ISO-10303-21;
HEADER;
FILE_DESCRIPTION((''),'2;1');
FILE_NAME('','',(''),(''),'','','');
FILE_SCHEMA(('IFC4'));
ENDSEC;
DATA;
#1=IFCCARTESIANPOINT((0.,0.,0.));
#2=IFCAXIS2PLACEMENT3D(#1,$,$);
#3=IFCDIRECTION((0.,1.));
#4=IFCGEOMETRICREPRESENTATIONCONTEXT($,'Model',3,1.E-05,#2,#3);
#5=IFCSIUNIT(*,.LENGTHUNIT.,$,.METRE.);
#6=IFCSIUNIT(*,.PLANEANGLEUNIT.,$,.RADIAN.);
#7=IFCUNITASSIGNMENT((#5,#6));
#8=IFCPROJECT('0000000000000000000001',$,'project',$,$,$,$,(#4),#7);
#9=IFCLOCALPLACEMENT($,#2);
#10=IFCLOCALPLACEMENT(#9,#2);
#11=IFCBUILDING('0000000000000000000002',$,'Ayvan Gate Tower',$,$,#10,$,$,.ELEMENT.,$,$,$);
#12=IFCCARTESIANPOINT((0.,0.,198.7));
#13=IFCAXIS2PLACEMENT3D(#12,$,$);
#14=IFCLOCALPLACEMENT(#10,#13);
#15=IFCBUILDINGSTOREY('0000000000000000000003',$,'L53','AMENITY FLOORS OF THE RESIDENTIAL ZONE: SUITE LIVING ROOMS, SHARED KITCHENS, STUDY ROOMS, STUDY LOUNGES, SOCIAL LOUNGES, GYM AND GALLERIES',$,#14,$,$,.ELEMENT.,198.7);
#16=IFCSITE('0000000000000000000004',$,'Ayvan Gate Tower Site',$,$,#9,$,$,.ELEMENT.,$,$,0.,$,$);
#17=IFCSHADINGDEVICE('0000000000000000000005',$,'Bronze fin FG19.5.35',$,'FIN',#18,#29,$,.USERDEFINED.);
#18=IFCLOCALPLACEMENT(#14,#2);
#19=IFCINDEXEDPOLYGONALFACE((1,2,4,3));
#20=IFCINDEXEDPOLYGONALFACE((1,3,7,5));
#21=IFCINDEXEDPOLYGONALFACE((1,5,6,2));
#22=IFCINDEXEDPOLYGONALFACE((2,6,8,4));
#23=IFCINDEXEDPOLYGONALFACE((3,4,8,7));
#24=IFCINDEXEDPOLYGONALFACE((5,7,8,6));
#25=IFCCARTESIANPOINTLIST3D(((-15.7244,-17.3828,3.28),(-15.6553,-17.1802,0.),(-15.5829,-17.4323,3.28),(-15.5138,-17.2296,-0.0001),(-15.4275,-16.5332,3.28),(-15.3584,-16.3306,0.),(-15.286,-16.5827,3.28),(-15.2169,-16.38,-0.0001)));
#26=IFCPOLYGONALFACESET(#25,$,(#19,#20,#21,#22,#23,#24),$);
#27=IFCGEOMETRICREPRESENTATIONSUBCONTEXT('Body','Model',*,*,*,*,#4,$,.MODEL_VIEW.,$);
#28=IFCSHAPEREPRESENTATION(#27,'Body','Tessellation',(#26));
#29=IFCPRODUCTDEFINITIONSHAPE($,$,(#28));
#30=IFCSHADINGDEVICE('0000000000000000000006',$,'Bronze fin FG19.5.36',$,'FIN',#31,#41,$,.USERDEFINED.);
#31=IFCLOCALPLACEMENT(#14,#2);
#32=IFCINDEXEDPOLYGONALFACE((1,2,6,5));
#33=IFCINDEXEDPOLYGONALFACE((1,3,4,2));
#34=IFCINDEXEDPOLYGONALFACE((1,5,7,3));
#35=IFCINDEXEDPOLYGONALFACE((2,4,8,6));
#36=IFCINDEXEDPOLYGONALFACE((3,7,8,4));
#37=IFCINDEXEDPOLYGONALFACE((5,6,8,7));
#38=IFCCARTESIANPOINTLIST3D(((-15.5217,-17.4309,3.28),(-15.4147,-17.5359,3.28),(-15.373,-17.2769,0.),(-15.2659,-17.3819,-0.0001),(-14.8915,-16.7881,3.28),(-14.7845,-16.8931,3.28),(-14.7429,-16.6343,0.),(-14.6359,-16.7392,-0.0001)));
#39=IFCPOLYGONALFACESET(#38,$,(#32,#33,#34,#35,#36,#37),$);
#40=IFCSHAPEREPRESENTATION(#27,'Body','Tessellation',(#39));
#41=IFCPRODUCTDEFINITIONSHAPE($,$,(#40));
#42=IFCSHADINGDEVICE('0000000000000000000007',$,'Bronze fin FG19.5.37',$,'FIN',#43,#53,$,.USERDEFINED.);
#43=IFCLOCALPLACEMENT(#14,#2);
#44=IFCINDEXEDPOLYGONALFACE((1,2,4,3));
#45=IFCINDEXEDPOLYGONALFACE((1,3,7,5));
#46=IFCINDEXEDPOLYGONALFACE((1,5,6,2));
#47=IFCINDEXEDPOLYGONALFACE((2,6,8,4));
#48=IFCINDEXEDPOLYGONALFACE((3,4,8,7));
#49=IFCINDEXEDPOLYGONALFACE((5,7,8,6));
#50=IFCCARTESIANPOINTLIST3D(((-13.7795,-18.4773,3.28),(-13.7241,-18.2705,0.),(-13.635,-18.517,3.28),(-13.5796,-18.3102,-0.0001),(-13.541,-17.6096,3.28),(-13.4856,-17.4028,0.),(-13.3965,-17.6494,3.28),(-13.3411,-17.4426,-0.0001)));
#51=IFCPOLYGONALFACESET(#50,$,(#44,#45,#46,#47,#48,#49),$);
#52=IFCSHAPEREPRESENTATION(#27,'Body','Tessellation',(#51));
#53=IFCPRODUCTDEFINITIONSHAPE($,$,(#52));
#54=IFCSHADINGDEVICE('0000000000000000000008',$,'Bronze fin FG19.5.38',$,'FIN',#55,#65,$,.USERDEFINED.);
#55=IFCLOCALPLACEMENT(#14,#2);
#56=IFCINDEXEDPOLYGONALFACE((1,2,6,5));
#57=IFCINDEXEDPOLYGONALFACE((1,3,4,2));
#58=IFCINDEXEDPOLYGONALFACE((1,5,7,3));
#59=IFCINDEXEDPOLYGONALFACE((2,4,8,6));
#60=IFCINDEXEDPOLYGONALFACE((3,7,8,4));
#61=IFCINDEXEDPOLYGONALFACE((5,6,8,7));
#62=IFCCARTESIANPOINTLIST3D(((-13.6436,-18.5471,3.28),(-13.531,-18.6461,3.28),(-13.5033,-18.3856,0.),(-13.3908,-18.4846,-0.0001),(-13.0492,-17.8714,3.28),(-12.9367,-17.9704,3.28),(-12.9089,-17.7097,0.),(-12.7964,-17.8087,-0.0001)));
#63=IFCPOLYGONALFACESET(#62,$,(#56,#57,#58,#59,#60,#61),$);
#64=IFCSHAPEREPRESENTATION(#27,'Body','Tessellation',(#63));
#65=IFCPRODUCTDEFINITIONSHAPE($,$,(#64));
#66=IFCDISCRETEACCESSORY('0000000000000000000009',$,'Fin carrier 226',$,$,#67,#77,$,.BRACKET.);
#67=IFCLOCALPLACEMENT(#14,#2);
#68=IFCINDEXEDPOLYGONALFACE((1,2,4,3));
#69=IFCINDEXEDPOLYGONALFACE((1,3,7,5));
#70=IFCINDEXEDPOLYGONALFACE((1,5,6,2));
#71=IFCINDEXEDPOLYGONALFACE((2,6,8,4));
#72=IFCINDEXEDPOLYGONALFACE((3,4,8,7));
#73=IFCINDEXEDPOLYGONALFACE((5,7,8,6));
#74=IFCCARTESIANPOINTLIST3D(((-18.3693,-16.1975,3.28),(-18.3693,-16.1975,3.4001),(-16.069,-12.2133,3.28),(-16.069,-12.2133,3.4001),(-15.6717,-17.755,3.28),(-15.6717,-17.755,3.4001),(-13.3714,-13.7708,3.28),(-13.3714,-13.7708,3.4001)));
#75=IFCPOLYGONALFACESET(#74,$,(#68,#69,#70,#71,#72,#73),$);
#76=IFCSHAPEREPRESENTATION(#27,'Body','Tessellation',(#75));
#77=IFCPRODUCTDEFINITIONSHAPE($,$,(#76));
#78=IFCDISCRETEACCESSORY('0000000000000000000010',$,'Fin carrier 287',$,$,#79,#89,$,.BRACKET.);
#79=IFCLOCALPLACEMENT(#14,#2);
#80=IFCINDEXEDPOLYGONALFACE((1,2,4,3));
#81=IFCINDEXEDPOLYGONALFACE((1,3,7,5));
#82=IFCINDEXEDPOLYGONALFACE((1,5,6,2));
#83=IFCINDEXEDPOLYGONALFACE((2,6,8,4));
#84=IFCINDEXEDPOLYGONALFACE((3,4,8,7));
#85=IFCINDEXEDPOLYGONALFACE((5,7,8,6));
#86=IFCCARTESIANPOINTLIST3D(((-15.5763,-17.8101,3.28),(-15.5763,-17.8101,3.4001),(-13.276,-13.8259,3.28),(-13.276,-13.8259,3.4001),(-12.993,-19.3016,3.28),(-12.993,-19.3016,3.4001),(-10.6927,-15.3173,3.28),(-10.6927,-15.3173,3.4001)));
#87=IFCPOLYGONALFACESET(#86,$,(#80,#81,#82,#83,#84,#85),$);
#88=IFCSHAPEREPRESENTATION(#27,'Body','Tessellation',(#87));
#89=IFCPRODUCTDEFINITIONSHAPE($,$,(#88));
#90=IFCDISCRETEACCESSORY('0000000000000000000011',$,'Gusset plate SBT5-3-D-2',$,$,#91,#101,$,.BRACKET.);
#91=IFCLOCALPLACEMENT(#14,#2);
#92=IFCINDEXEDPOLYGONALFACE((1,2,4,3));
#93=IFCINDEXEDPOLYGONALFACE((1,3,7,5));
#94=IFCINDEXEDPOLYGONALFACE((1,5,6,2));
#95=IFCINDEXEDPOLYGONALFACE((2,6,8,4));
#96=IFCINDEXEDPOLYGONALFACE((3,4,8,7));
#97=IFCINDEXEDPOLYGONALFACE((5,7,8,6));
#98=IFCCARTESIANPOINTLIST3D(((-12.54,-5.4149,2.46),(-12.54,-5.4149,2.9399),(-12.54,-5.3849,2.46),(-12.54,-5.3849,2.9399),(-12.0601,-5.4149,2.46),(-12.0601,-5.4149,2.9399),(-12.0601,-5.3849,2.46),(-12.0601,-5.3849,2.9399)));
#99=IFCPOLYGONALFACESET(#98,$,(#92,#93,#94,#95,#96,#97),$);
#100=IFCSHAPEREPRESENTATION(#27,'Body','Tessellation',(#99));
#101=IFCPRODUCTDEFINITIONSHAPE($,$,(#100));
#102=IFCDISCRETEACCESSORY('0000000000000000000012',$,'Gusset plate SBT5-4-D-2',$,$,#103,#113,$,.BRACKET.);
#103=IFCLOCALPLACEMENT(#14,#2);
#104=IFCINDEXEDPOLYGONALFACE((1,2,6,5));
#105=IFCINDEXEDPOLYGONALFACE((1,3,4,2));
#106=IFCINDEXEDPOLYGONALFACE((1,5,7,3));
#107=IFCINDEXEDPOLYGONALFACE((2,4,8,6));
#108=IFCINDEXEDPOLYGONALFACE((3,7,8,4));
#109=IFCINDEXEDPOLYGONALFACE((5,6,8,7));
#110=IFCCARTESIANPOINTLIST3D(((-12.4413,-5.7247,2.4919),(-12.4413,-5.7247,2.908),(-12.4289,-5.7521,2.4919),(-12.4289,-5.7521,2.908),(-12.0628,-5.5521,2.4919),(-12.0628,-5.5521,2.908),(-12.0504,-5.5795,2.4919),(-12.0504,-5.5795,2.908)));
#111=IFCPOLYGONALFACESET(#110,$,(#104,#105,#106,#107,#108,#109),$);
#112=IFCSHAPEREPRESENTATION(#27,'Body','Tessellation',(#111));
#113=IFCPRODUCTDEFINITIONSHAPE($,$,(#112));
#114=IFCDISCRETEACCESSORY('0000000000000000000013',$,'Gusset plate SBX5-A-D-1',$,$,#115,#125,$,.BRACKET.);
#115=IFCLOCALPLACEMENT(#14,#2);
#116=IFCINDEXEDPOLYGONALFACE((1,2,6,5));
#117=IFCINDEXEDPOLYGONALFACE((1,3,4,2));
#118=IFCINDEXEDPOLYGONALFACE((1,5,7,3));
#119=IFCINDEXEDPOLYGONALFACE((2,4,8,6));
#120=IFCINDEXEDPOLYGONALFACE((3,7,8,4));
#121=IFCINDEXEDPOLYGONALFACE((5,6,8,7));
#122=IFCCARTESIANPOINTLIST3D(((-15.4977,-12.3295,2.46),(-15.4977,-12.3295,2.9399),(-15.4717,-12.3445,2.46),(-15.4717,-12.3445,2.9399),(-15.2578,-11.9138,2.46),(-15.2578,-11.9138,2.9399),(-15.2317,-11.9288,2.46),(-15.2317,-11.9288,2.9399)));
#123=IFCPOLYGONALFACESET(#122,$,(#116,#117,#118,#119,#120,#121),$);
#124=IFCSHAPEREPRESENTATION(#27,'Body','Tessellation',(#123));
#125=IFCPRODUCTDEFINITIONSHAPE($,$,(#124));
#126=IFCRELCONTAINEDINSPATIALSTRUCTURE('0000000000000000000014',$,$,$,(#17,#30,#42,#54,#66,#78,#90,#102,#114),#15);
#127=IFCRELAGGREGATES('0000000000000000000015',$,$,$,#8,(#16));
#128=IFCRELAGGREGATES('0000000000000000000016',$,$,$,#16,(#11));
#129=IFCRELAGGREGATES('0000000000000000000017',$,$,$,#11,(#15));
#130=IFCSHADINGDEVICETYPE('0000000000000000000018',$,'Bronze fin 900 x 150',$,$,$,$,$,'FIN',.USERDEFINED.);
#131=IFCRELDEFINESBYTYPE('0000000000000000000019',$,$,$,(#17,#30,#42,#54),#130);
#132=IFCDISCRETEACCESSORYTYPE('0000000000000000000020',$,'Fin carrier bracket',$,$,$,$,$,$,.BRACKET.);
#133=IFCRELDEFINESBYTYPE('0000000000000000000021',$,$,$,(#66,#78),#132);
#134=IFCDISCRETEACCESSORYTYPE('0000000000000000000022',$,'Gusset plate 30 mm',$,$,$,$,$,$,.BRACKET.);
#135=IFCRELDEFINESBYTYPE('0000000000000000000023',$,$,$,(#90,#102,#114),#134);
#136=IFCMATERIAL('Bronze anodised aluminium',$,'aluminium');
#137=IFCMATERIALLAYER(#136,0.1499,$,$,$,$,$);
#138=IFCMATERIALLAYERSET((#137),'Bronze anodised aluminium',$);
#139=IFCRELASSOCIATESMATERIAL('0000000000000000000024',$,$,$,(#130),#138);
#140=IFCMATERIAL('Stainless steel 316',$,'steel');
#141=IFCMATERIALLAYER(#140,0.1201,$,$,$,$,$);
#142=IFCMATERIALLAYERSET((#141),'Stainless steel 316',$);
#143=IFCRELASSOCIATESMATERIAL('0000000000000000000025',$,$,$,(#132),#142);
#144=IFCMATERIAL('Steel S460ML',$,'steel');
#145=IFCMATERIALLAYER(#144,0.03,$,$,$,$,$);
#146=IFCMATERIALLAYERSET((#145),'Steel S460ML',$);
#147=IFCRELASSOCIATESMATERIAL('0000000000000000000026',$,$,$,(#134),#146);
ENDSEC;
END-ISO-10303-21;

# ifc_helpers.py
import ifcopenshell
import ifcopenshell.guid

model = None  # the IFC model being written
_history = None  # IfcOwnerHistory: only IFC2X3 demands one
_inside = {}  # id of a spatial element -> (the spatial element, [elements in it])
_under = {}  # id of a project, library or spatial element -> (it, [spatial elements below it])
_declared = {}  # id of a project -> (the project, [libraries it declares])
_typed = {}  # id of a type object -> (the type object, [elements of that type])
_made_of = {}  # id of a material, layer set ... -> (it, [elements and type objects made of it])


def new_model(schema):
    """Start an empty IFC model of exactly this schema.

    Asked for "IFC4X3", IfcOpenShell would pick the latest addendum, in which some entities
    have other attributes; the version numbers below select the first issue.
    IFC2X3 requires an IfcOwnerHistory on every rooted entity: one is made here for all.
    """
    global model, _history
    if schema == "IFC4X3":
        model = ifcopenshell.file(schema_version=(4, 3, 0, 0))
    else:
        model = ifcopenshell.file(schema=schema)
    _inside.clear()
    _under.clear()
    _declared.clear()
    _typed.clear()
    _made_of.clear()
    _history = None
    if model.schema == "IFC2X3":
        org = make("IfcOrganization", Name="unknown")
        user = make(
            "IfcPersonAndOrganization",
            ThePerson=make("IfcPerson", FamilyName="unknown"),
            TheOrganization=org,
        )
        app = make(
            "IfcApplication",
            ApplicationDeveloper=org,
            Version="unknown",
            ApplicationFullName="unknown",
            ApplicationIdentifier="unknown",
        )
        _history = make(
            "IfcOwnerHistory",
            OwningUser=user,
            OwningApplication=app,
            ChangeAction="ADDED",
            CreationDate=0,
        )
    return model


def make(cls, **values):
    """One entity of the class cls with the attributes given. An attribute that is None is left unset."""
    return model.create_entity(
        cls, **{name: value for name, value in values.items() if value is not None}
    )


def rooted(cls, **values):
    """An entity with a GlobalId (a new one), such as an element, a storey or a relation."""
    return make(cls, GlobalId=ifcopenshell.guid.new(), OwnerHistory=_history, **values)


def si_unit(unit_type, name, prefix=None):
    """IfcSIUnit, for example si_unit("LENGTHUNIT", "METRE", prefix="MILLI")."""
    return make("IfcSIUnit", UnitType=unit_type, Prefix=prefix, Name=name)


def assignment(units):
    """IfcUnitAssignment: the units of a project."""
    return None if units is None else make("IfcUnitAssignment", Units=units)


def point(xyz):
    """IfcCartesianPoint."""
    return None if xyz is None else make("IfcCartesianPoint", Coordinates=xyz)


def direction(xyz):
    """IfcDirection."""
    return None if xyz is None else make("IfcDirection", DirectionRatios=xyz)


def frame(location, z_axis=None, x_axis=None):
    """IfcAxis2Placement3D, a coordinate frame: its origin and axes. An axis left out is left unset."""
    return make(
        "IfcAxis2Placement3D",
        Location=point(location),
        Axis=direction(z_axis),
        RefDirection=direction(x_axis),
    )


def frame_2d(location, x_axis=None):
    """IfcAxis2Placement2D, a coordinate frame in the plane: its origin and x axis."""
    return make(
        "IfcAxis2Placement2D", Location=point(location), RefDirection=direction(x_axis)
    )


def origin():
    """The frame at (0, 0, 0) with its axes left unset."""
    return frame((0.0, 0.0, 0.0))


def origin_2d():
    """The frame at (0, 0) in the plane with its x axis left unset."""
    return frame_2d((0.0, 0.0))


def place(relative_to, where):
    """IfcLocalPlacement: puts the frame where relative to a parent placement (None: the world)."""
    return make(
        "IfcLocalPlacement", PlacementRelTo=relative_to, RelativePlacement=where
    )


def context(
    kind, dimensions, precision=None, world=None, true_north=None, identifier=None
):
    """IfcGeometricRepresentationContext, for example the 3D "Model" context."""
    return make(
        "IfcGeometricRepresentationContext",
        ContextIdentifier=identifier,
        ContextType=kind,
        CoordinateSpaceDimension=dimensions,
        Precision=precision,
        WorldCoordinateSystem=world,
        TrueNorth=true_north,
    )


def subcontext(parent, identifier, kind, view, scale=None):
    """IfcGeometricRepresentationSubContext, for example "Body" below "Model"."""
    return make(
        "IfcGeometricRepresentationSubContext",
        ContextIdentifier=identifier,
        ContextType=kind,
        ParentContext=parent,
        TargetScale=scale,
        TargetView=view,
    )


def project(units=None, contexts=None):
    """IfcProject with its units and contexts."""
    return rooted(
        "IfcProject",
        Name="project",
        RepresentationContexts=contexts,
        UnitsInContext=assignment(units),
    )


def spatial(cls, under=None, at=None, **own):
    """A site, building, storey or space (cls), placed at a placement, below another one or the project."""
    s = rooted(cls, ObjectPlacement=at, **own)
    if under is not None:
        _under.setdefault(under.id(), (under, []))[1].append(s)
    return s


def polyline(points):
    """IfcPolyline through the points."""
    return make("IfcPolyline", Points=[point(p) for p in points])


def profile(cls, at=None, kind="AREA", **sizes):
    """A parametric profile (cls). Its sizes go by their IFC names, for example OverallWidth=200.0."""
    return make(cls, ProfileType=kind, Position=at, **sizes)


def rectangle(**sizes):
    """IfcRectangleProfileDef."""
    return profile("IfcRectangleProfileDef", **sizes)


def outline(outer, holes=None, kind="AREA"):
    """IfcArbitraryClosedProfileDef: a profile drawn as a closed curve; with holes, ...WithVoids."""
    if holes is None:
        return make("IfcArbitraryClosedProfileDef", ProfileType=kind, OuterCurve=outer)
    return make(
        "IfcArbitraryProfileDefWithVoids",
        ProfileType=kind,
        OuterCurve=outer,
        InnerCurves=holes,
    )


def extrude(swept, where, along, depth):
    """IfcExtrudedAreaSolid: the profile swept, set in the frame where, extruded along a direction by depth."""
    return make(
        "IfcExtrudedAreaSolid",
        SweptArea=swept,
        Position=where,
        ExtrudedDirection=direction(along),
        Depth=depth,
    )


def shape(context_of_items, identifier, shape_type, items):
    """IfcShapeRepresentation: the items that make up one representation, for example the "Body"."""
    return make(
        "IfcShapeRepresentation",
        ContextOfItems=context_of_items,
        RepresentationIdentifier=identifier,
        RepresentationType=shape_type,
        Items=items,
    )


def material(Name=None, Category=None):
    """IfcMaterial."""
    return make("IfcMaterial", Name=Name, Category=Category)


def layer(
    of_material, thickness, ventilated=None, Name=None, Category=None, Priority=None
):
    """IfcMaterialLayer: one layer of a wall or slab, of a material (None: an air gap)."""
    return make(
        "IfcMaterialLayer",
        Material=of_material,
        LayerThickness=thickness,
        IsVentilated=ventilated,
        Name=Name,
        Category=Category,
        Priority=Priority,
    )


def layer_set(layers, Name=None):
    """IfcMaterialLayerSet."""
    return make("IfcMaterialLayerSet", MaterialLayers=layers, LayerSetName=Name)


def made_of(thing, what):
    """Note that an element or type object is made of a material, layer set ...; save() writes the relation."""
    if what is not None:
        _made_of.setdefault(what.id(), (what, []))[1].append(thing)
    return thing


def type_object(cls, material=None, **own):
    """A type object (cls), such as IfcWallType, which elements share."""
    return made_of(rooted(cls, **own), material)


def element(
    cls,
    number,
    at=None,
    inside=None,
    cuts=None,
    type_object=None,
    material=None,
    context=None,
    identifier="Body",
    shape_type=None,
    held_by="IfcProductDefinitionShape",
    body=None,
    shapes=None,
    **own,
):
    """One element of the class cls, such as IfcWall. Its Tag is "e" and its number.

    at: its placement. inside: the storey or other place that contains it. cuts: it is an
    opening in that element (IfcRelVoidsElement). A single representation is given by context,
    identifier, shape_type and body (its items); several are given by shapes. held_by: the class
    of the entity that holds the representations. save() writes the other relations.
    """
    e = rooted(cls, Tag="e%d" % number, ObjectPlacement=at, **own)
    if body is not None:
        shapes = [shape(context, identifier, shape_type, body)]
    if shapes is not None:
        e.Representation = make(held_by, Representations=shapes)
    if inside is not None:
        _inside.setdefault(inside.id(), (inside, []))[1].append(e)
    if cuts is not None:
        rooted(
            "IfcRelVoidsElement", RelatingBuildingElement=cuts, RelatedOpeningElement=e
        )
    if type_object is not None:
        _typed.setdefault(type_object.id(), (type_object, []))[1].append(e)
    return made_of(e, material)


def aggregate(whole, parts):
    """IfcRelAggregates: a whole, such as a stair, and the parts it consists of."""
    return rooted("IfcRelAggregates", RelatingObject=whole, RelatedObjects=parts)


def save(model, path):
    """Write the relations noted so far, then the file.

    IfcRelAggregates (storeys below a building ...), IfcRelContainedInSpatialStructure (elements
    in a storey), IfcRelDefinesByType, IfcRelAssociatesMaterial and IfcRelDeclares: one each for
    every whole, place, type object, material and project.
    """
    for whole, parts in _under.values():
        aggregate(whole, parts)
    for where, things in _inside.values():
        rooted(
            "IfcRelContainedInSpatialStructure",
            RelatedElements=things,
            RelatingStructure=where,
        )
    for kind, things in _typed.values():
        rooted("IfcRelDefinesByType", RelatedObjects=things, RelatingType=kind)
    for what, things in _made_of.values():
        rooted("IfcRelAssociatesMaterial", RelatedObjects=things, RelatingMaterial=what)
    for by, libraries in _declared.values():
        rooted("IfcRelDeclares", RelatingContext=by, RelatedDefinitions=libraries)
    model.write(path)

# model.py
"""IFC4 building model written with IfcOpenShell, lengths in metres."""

from ifc_helpers import new_model, si_unit, direction, frame, origin, origin_2d, place, context, subcontext, project, spatial, polyline, rectangle, outline, extrude, material, layer, layer_set, type_object, element, save


model = new_model("IFC4")

# Units and contexts
model_context = context("Model", 3, precision=1e-05, world=origin(), true_north=direction((0.0, 1.0)))
body_context = subcontext(model_context, "Body", "Model", "MODEL_VIEW")
ifc_project = project(units=[si_unit("LENGTHUNIT", "METRE"), si_unit("PLANEANGLEUNIT", "RADIAN")], contexts=[model_context])

# Site, building, storey
site_placement = place(None, origin())
site = spatial("IfcSite", under=ifc_project, at=site_placement, Name="Ayvan Gate Tower Site", CompositionType="ELEMENT", RefElevation=0.0)
building_placement = place(site_placement, origin())
building = spatial("IfcBuilding", under=site, at=building_placement, Name="Ayvan Gate Tower", CompositionType="ELEMENT")
storey_placement = place(building_placement, frame((0.0, 0.0, 198.7)))
storey = spatial("IfcBuildingStorey", under=building, at=storey_placement, Name="L53", Description="AMENITY FLOORS OF THE RESIDENTIAL ZONE: SUITE LIVING ROOMS, SHARED KITCHENS, STUDY ROOMS, STUDY LOUNGES, SOCIAL LOUNGES, GYM AND GALLERIES", CompositionType="ELEMENT", Elevation=198.7)

# Shared definitions
ifc_material_1 = material(Name="Bronze anodised aluminium", Category="aluminium")

# Shading devices
ifc_layer_1 = layer(ifc_material_1, 0.1499)
ifc_layer_set_1 = layer_set([ifc_layer_1], Name="Bronze anodised aluminium")
shading_device_type = type_object("IfcShadingDeviceType", Name="Bronze fin 900 x 150", ElementType="FIN", PredefinedType="USERDEFINED", material=ifc_layer_set_1)
shading_device_1_placement = place(storey_placement, frame((-15.3584, -16.3306, 0.0), z_axis=(-0.944027, 0.329867, 0.000493), x_axis=(-0.329867, -0.944027, 0.0)))
element("IfcShadingDevice", 1, at=shading_device_1_placement, inside=storey, type_object=shading_device_type, Name="Bronze fin FG19.5.35", ObjectType="FIN", PredefinedType="USERDEFINED", context=body_context, shape_type="SweptSolid", body=[
    extrude(outline(polyline([(0.0, 0.0), (0.9, 0.0), (1.1141, 3.28), (0.2141, 3.28), (0.0, 0.0)])), origin(), (0.0, 0.0, -1.0), 0.1499),
])
shading_device_2_placement = place(storey_placement, frame((-14.7429, -16.6343, 0.0), z_axis=(-0.714057, 0.700088, 0.000487), x_axis=(-0.700088, -0.714057, 0.0)))
element("IfcShadingDevice", 2, at=shading_device_2_placement, inside=storey, type_object=shading_device_type, Name="Bronze fin FG19.5.36", ObjectType="FIN", PredefinedType="USERDEFINED", context=body_context, shape_type="SweptSolid", body=[
    extrude(outline(polyline([(0.0, 0.0), (0.9, 0.0), (1.1141, 3.28), (0.2139, 3.28), (0.0, 0.0)])), origin(), (0.0, 0.0, -1.0), 0.1499),
])
shading_device_3_placement = place(storey_placement, frame((-13.4856, -17.4028, 0.0), z_axis=(-0.96423, 0.265068, 0.000419), x_axis=(-0.265068, -0.96423, 0.0)))
element("IfcShadingDevice", 3, at=shading_device_3_placement, inside=storey, type_object=shading_device_type, Name="Bronze fin FG19.5.37", ObjectType="FIN", PredefinedType="USERDEFINED", context=body_context, shape_type="SweptSolid", body=[
    extrude(outline(polyline([(0.0, 0.0), (0.8999, 0.0), (1.1139, 3.28), (0.2141, 3.28), (0.0, 0.0)])), origin(), (0.0, 0.0, -1.0), 0.1499),
])
shading_device_4_placement = place(storey_placement, frame((-12.9089, -17.7097, 0.0), z_axis=(-0.750894, 0.660423, 0.000433), x_axis=(-0.660423, -0.750894, 0.0)))
element("IfcShadingDevice", 4, at=shading_device_4_placement, inside=storey, type_object=shading_device_type, Name="Bronze fin FG19.5.38", ObjectType="FIN", PredefinedType="USERDEFINED", context=body_context, shape_type="SweptSolid", body=[
    extrude(outline(polyline([(0.0, 0.0), (0.9, 0.0), (1.114, 3.28), (0.2141, 3.28), (0.0, 0.0)])), origin(), (0.0, 0.0, -1.0), 0.1499),
])

# Discrete accessories
ifc_material_2 = material(Name="Stainless steel 316", Category="steel")
ifc_layer_2 = layer(ifc_material_2, 0.1201)
ifc_layer_set_2 = layer_set([ifc_layer_2], Name="Stainless steel 316")
discrete_accessory_type_1 = type_object("IfcDiscreteAccessoryType", Name="Fin carrier bracket", PredefinedType="BRACKET", material=ifc_layer_set_2)
discrete_accessory_1_placement = place(storey_placement, frame((-15.8704, -14.9841, 3.28), z_axis=(0.0, 0.0, 1.0), x_axis=(0.866025, -0.5, 0.0)))
element("IfcDiscreteAccessory", 5, at=discrete_accessory_1_placement, inside=storey, type_object=discrete_accessory_type_1, Name="Fin carrier 226", PredefinedType="BRACKET", context=body_context, shape_type="SweptSolid", body=[
    extrude(rectangle(XDim=3.115, YDim=4.6006, at=origin_2d()), origin(), (0.0, 0.0, 1.0), 0.1201),
])
discrete_accessory_2_placement = place(storey_placement, frame((-13.1345, -16.5637, 3.28), z_axis=(0.0, 0.0, 1.0), x_axis=(0.866025, -0.5, 0.0)))
element("IfcDiscreteAccessory", 6, at=discrete_accessory_2_placement, inside=storey, type_object=discrete_accessory_type_1, Name="Fin carrier 287", PredefinedType="BRACKET", context=body_context, shape_type="SweptSolid", body=[
    extrude(rectangle(XDim=2.9829, YDim=4.6006, at=origin_2d()), origin(), (0.0, 0.0, 1.0), 0.1201),
])
ifc_material_3 = material(Name="Steel S460ML", Category="steel")
ifc_layer_3 = layer(ifc_material_3, 0.03)
ifc_layer_set_3 = layer_set([ifc_layer_3], Name="Steel S460ML")
discrete_accessory_type_2 = type_object("IfcDiscreteAccessoryType", Name="Gusset plate 30 mm", PredefinedType="BRACKET", material=ifc_layer_set_3)
discrete_accessory_3_placement = place(storey_placement, frame((-12.3, -5.3999, 2.46), z_axis=(0.0, 0.0, 1.0), x_axis=(1.0, 0.0, 0.0)))
element("IfcDiscreteAccessory", 7, at=discrete_accessory_3_placement, inside=storey, type_object=discrete_accessory_type_2, Name="Gusset plate SBT5-3-D-2", PredefinedType="BRACKET", context=body_context, shape_type="SweptSolid", body=[
    extrude(rectangle(XDim=0.48, YDim=0.03, at=origin_2d()), origin(), (0.0, 0.0, 1.0), 0.48),
])
discrete_accessory_4_placement = place(storey_placement, frame((-12.2458, -5.6521, 2.4919), z_axis=(0.0, 0.0, 1.0), x_axis=(0.909853, 0.41493, 0.0)))
element("IfcDiscreteAccessory", 8, at=discrete_accessory_4_placement, inside=storey, type_object=discrete_accessory_type_2, Name="Gusset plate SBT5-4-D-2", PredefinedType="BRACKET", context=body_context, shape_type="SweptSolid", body=[
    extrude(rectangle(XDim=0.416, YDim=0.03, at=origin_2d()), origin(), (0.0, 0.0, 1.0), 0.416),
])
discrete_accessory_5_placement = place(storey_placement, frame((-15.3647, -12.1292, 2.46), z_axis=(0.0, 0.0, 1.0), x_axis=(0.5, 0.866025, 0.0)))
element("IfcDiscreteAccessory", 9, at=discrete_accessory_5_placement, inside=storey, type_object=discrete_accessory_type_2, Name="Gusset plate SBX5-A-D-1", PredefinedType="BRACKET", context=body_context, shape_type="SweptSolid", body=[
    extrude(rectangle(XDim=0.48, YDim=0.03, at=origin_2d()), origin(), (0.0, 0.0, 1.0), 0.48),
])

save(model, "model.ifc")
